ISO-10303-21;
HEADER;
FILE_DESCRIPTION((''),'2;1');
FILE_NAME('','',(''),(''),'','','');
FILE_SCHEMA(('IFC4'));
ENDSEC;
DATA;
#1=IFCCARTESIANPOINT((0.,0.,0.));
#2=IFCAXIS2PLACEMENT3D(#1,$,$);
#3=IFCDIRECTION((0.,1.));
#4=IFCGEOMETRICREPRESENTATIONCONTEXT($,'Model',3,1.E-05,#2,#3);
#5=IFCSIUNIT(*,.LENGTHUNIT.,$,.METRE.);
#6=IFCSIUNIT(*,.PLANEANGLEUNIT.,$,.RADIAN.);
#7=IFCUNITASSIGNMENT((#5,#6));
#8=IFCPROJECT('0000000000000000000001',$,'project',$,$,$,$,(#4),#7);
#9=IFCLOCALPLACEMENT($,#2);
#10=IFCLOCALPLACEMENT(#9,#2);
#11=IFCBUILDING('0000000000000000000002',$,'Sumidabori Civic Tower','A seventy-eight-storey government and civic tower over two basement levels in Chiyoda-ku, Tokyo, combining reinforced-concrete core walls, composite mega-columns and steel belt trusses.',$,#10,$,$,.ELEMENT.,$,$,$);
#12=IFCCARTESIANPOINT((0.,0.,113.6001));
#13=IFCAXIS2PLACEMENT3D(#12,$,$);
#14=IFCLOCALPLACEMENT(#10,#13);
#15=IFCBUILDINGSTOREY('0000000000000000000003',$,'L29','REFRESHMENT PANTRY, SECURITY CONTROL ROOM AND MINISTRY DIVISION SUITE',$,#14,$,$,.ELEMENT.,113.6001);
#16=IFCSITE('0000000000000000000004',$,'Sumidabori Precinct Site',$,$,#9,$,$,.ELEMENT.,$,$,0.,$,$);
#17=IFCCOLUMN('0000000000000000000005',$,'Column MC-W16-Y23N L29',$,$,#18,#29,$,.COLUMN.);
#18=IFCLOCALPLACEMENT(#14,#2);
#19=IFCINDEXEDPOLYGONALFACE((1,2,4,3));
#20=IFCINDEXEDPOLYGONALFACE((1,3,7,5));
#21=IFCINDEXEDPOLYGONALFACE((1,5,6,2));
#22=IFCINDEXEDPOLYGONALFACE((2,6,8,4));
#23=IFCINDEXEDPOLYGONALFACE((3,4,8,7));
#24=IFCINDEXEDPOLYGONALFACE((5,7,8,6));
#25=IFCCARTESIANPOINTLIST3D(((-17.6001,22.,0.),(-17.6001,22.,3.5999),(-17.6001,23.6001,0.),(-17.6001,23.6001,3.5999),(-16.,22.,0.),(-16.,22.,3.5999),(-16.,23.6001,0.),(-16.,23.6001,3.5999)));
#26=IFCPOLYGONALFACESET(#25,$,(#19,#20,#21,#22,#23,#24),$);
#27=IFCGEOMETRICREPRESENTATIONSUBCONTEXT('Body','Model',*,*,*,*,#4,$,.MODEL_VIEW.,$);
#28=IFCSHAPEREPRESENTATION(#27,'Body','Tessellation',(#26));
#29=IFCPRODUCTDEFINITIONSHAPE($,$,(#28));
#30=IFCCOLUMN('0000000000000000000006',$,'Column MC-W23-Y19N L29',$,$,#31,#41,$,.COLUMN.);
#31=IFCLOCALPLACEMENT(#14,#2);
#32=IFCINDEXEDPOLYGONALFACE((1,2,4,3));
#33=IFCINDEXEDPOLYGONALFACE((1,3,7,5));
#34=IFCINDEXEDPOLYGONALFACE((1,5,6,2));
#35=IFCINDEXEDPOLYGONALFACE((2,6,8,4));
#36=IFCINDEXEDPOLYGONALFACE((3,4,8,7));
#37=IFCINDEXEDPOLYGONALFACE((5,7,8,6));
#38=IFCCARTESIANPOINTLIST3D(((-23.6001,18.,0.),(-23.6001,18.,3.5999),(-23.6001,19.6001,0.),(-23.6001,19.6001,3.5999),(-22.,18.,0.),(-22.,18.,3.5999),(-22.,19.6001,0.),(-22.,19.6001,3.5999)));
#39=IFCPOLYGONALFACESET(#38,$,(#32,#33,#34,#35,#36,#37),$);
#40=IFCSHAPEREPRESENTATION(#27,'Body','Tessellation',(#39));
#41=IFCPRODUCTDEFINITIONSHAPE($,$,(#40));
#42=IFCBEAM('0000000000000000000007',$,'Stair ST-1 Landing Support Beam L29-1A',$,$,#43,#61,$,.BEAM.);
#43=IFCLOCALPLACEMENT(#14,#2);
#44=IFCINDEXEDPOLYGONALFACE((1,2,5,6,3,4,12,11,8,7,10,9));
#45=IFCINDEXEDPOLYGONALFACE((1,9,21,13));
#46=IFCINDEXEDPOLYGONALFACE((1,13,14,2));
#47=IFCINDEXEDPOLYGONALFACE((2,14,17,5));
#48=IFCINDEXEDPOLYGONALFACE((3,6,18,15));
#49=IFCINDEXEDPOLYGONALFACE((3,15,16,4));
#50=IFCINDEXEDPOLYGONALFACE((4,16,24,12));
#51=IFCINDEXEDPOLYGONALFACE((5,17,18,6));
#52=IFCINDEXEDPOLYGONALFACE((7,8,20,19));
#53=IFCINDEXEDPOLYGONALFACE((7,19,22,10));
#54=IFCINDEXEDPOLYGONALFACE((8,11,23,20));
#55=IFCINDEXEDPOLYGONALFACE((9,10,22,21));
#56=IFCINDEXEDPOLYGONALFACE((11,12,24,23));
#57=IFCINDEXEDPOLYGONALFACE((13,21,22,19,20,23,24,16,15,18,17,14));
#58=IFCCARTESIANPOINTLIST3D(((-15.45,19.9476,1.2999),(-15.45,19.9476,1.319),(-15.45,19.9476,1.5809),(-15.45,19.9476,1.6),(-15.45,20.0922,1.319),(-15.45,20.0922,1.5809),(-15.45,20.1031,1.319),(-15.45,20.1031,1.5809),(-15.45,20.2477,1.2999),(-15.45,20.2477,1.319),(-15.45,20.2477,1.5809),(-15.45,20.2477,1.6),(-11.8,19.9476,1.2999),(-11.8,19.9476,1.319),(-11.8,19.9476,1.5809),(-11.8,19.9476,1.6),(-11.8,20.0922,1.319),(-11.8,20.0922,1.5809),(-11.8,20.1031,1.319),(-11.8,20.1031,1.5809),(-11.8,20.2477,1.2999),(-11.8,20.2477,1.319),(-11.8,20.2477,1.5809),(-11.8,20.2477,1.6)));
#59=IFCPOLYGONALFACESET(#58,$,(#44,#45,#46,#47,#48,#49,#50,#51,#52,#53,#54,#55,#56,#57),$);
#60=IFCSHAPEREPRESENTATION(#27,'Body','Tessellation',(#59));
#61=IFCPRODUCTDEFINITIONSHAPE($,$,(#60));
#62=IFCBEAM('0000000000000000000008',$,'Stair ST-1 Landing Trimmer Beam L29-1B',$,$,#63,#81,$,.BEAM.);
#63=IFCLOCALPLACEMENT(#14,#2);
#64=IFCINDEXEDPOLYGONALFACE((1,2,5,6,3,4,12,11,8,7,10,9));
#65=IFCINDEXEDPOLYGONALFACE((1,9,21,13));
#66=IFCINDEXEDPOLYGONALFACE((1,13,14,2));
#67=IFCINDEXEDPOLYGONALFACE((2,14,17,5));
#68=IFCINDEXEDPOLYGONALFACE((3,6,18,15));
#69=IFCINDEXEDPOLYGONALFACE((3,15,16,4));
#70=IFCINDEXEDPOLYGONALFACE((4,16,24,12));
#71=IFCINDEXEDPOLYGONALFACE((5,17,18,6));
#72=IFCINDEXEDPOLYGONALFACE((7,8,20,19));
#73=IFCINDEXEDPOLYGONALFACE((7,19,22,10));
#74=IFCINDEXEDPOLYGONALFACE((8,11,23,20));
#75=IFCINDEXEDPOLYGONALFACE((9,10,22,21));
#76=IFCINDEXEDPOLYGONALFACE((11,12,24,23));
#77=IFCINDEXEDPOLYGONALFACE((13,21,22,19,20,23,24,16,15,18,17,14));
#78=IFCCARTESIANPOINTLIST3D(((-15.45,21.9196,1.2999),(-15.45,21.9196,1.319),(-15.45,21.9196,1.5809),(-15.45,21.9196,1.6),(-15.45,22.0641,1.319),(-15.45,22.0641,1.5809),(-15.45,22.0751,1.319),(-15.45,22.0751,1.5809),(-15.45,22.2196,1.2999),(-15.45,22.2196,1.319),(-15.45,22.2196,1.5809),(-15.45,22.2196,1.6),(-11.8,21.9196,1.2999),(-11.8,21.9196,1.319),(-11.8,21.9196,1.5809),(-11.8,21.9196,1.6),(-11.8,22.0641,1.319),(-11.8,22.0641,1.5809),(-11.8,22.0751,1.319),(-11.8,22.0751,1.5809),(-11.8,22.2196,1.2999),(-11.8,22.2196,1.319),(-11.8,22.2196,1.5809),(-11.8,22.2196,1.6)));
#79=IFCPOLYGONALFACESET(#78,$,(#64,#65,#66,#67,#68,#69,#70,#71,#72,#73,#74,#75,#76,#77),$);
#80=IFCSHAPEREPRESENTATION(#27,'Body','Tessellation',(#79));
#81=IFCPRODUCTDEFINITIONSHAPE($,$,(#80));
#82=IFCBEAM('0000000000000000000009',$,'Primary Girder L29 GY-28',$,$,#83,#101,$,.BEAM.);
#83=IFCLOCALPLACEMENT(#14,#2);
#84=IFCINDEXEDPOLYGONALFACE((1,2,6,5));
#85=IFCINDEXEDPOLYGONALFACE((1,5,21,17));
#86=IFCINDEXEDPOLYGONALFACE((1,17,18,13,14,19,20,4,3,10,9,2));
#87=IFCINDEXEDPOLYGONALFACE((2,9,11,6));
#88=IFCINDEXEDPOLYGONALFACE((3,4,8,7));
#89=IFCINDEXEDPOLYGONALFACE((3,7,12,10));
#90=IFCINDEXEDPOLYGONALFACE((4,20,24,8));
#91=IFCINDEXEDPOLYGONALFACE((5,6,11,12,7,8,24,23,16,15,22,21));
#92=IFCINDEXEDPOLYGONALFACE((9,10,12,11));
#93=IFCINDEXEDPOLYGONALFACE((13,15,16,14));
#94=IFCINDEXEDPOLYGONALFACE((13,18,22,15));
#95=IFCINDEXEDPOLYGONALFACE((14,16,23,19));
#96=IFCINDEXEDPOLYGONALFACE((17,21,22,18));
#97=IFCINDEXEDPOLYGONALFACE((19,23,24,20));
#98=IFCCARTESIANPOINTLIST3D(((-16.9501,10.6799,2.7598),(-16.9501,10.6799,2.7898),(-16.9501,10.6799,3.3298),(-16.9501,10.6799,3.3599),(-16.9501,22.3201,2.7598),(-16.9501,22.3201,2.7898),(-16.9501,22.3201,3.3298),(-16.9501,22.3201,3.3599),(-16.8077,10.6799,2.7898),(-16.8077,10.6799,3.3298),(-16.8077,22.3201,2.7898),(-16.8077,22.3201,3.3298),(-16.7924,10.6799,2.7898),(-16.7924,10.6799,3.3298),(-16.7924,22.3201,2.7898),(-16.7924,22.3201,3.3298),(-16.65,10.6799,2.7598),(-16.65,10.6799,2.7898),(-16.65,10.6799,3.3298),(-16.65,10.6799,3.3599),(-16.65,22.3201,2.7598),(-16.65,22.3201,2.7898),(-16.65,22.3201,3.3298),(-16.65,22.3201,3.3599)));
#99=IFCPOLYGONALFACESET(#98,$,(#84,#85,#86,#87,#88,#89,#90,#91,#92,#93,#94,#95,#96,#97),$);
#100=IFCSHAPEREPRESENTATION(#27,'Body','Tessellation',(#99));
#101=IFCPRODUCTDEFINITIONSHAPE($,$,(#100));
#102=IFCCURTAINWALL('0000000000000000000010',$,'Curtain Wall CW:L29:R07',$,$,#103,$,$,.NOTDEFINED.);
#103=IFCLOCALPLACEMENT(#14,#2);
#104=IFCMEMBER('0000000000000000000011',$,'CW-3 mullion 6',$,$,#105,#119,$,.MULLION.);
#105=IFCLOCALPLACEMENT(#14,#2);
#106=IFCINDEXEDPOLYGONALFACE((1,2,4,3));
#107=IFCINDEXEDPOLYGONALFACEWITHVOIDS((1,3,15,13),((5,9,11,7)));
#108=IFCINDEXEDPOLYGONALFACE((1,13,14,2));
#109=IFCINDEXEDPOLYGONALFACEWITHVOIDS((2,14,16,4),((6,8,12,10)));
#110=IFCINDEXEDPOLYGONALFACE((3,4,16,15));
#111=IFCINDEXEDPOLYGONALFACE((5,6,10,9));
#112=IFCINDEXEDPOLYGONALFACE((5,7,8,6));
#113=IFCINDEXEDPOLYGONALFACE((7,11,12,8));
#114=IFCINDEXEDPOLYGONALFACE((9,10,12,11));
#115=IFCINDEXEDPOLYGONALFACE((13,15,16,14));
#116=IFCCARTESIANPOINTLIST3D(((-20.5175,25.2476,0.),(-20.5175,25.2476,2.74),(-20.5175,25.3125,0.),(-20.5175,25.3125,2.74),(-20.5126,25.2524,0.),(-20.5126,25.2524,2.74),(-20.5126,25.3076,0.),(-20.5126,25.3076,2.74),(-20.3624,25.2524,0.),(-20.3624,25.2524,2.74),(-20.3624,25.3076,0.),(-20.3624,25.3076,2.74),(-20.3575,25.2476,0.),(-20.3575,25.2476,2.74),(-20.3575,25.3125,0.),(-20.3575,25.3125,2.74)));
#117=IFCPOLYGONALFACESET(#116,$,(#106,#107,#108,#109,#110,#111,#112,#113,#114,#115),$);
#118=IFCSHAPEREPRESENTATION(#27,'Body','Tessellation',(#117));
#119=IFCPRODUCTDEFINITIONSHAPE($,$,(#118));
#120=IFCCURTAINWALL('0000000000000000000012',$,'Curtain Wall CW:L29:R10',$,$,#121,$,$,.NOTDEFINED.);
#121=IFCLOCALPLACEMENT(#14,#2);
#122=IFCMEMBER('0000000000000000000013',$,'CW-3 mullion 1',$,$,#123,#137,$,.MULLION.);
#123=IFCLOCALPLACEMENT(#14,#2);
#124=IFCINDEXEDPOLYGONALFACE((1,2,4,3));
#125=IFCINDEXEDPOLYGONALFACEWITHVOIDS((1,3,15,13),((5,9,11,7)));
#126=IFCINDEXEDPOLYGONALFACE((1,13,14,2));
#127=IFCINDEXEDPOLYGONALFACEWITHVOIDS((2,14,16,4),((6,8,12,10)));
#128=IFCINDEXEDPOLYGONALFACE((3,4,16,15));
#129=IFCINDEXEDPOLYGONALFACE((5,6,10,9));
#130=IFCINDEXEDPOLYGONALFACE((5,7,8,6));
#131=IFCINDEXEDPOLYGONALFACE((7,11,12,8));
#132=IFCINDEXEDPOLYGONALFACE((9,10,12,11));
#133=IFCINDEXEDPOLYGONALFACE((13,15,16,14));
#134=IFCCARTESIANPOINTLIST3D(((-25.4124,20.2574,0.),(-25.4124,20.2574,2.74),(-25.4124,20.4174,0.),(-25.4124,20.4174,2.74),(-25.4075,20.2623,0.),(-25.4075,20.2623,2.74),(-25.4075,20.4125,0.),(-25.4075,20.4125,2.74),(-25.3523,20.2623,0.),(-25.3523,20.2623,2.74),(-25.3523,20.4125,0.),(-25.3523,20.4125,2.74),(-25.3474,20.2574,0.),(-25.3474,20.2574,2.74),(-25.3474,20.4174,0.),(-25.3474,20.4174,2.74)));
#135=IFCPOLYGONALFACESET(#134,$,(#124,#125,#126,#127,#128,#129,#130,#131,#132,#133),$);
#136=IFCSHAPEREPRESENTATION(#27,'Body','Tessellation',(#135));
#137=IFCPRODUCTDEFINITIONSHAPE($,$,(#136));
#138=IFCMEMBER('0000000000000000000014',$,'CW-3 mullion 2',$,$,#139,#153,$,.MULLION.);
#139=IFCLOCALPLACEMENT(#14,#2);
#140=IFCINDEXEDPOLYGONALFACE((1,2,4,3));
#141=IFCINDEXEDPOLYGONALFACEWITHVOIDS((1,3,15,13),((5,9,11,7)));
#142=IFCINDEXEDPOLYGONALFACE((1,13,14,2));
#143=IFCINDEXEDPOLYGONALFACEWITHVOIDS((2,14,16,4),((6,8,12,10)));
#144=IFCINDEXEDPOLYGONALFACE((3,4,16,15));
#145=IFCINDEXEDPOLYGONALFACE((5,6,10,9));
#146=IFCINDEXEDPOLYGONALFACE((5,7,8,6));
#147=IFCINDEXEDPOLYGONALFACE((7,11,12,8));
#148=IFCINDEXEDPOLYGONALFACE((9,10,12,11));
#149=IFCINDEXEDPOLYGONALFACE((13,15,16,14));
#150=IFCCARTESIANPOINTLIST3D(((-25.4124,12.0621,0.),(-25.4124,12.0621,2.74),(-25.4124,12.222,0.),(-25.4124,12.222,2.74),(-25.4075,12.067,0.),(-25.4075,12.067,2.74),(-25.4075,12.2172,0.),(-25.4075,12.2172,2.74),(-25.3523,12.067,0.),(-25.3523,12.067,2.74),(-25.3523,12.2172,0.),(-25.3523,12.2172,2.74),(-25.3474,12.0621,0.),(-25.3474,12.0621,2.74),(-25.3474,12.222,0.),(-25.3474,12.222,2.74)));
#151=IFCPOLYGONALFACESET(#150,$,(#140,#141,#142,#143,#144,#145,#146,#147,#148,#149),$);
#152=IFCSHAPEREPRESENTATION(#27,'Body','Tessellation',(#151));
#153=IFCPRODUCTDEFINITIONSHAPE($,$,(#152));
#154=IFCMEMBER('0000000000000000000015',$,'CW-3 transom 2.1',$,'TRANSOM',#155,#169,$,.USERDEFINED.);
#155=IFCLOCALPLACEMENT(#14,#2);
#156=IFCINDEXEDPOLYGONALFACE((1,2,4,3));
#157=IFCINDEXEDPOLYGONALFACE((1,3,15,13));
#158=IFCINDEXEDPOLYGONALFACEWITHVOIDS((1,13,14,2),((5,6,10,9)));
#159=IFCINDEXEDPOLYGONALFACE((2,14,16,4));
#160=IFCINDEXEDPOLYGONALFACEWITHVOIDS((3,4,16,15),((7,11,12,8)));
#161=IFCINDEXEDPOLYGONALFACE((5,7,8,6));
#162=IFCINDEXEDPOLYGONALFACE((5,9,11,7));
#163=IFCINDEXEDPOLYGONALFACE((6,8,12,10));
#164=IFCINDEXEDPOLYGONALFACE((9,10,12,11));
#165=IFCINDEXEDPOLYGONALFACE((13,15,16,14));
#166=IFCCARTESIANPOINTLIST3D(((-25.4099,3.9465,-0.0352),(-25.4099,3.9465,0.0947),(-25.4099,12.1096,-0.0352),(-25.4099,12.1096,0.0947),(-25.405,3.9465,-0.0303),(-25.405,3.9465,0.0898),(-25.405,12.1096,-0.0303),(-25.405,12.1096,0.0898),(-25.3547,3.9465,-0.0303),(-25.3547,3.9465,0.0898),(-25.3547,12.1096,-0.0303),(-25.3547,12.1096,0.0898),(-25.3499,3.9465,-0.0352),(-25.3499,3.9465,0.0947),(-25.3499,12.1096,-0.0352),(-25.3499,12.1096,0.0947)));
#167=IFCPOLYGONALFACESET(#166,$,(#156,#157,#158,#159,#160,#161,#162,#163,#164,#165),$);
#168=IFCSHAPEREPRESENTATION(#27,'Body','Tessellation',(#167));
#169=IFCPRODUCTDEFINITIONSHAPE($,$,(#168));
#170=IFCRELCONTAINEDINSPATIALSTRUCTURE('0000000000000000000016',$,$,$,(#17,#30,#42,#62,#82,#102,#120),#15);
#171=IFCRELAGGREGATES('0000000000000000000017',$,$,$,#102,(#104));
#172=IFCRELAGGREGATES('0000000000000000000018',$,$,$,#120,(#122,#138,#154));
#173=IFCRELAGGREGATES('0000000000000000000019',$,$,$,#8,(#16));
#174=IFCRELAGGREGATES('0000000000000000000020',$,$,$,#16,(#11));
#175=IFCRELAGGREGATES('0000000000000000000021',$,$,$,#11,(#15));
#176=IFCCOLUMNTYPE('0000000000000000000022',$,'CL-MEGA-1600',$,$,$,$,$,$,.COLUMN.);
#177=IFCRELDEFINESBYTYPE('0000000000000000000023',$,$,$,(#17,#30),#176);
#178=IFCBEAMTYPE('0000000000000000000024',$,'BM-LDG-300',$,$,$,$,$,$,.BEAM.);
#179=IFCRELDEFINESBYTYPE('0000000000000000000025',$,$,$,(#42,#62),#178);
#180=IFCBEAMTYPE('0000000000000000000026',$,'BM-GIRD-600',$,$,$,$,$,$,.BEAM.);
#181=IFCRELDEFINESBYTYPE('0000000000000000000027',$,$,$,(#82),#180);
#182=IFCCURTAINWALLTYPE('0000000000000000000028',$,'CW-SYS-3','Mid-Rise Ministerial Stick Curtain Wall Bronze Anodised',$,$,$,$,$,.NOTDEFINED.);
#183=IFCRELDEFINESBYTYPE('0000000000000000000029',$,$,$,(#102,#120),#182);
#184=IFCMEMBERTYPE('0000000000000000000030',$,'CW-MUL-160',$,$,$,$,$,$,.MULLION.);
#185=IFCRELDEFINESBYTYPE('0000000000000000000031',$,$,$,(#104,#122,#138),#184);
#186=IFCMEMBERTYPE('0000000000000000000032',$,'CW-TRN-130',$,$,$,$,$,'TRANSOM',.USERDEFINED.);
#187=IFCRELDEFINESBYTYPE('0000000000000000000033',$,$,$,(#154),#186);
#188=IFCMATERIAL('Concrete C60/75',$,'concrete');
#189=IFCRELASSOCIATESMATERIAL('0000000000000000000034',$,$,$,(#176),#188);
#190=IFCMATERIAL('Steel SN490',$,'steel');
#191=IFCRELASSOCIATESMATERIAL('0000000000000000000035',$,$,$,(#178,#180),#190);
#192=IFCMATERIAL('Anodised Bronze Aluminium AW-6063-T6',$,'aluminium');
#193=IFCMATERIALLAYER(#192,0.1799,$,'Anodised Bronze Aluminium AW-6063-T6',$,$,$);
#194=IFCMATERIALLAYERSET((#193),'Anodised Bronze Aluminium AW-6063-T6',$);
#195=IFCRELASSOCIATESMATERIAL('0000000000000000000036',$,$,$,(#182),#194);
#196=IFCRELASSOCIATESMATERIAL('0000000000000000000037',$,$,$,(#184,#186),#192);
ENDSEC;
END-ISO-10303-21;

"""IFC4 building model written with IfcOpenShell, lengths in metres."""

from ifc_helpers import new_model, si_unit, direction, frame, origin, origin_2d, place, context, subcontext, project, spatial, rectangle, hollow_rectangle, i_section, extrude, source, transform, mapped, material, layer, layer_set, material_profile, profile_set, type_object, element, aggregate, save


model = new_model("IFC4")

# Units and contexts
model_context = context("Model", 3, precision=1e-05, world=origin(), true_north=direction((0.0, 1.0)))
body_context = subcontext(model_context, "Body", "Model", "MODEL_VIEW")
ifc_project = project(units=[si_unit("LENGTHUNIT", "METRE"), si_unit("PLANEANGLEUNIT", "RADIAN")], contexts=[model_context])

# Site, building, storey
site_placement = place(None, origin())
site = spatial("IfcSite", under=ifc_project, at=site_placement, Name="Sumidabori Precinct Site", CompositionType="ELEMENT", RefElevation=0.0)
building_placement = place(site_placement, origin())
building = spatial("IfcBuilding", under=site, at=building_placement, Name="Sumidabori Civic Tower", Description="A seventy-eight-storey government and civic tower over two basement levels in Chiyoda-ku, Tokyo, combining reinforced-concrete core walls, composite mega-columns and steel belt trusses.", CompositionType="ELEMENT")
storey_placement = place(building_placement, frame((0.0, 0.0, 113.6001)))
storey = spatial("IfcBuildingStorey", under=building, at=storey_placement, Name="L29", Description="REFRESHMENT PANTRY, SECURITY CONTROL ROOM AND MINISTRY DIVISION SUITE", CompositionType="ELEMENT", Elevation=113.6001)

# Columns
ifc_material_1 = material(Name="Concrete C60/75", Category="concrete")
ifc_material_profile_1 = material_profile(ifc_material_1, rectangle(XDim=1.6001, YDim=1.6001, at=origin_2d()), Name="RC 1600x1600")
ifc_profile_set_1 = profile_set([ifc_material_profile_1], Name="Concrete C60/75")
column_type = type_object("IfcColumnType", Name="CL-MEGA-1600", PredefinedType="COLUMN", material=ifc_profile_set_1)
shared_shape_1 = source(origin(), body_context, "Body", "SweptSolid", [
    extrude(rectangle(XDim=1.6001, YDim=1.6001, at=origin_2d()), origin(), (0.0, 0.0, 1.0), 3.5999),
])
for number, where, z_axis, x_axis, name in (
    (1, (-16.8, 22.8, 0.0), (0.0, 0.0, 1.0), (1.0, 0.0, 0.0), "Column MC-W16-Y23N L29"),
    (2, (-22.8, 18.8, 0.0), (0.0, 0.0, 1.0), (1.0, 0.0, 0.0), "Column MC-W23-Y19N L29"),
):
    element("IfcColumn", number, at=place(storey_placement, frame(where, z_axis=z_axis, x_axis=x_axis)), inside=storey, type_object=column_type, Name=name, PredefinedType="COLUMN", context=body_context, shape_type="MappedRepresentation", body=[
        mapped(shared_shape_1, transform((0.0, 0.0, 0.0), x_axis=(1.0, 0.0, 0.0), y_axis=(0.0, 1.0, 0.0), z_axis=(0.0, 0.0, 1.0), scale=1.0)),
    ])

# Beams
ifc_material_2 = material(Name="Steel SN490", Category="steel")
ifc_material_profile_2 = material_profile(ifc_material_2, i_section(OverallWidth=0.3, OverallDepth=0.3, WebThickness=0.011, FlangeThickness=0.019, at=origin_2d()), Name="HE 300 B")
ifc_profile_set_2 = profile_set([ifc_material_profile_2], Name="Steel SN490")
beam_type_1 = type_object("IfcBeamType", Name="BM-LDG-300", PredefinedType="BEAM", material=ifc_profile_set_2)
shared_shape_2 = source(origin(), body_context, "Body", "SweptSolid", [
    extrude(i_section(OverallWidth=0.3, OverallDepth=0.3, WebThickness=0.011, FlangeThickness=0.019, at=origin_2d()), origin(), (0.0, 0.0, 1.0), 3.6499),
])
for number, where, z_axis, x_axis, name in (
    (3, (-15.45, 20.0977, 1.45), (1.0, 0.0, 0.0), (0.0, 1.0, 0.0), "Stair ST-1 Landing Support Beam L29-1A"),
    (4, (-15.45, 22.0696, 1.45), (1.0, 0.0, 0.0), (0.0, 1.0, 0.0), "Stair ST-1 Landing Trimmer Beam L29-1B"),
):
    element("IfcBeam", number, at=place(storey_placement, frame(where, z_axis=z_axis, x_axis=x_axis)), inside=storey, type_object=beam_type_1, Name=name, PredefinedType="BEAM", context=body_context, shape_type="MappedRepresentation", body=[
        mapped(shared_shape_2, transform((0.0, 0.0, 0.0), x_axis=(1.0, 0.0, 0.0), y_axis=(0.0, 1.0, 0.0), z_axis=(0.0, 0.0, 1.0), scale=1.0)),
    ])
ifc_material_profile_3 = material_profile(ifc_material_2, i_section(OverallWidth=0.3, OverallDepth=0.6001, WebThickness=0.0154, FlangeThickness=0.03, at=origin_2d()), Name="HE 600 B")
ifc_profile_set_3 = profile_set([ifc_material_profile_3], Name="Steel SN490")
beam_type_2 = type_object("IfcBeamType", Name="BM-GIRD-600", PredefinedType="BEAM", material=ifc_profile_set_3)
shared_shape_3 = source(origin(), body_context, "Body", "SweptSolid", [
    extrude(i_section(OverallWidth=0.3, OverallDepth=0.6001, WebThickness=0.0154, FlangeThickness=0.03, at=origin_2d()), origin(), (0.0, 0.0, 1.0), 11.6401),
])
beam_placement = place(storey_placement, frame((-16.8, 10.6799, 3.0598), z_axis=(0.0, 1.0, 0.0), x_axis=(-1.0, 0.0, 0.0)))
element("IfcBeam", 5, at=beam_placement, inside=storey, type_object=beam_type_2, Name="Primary Girder L29 GY-28", PredefinedType="BEAM", context=body_context, shape_type="MappedRepresentation", body=[
    mapped(shared_shape_3, transform((0.0, 0.0, 0.0), x_axis=(1.0, 0.0, 0.0), y_axis=(0.0, 1.0, 0.0), z_axis=(0.0, 0.0, 1.0), scale=1.0)),
])

# Curtain wall, member
ifc_material_3 = material(Name="Anodised Bronze Aluminium AW-6063-T6", Category="aluminium")
ifc_layer_1 = layer(ifc_material_3, 0.1799, Name="Anodised Bronze Aluminium AW-6063-T6")
ifc_layer_set_1 = layer_set([ifc_layer_1], Name="Anodised Bronze Aluminium AW-6063-T6")
curtain_wall_type = type_object("IfcCurtainWallType", Name="CW-SYS-3", Description="Mid-Rise Ministerial Stick Curtain Wall Bronze Anodised", PredefinedType="NOTDEFINED", material=ifc_layer_set_1)
curtain_wall_1_placement = place(storey_placement, origin())
curtain_wall_1 = element("IfcCurtainWall", 6, at=curtain_wall_1_placement, inside=storey, type_object=curtain_wall_type, Name="Curtain Wall CW:L29:R07", PredefinedType="NOTDEFINED")
ifc_material_profile_4 = material_profile(ifc_material_3, hollow_rectangle(XDim=0.0649, YDim=0.1599, WallThickness=0.0049, at=origin_2d()), Name="ALU MULLION 160x65")
ifc_profile_set_4 = profile_set([ifc_material_profile_4], Name="Anodised Bronze Aluminium AW-6063-T6")
member_type_1 = type_object("IfcMemberType", Name="CW-MUL-160", PredefinedType="MULLION", material=ifc_profile_set_4)
shared_shape_4 = source(origin(), body_context, "Body", "SweptSolid", [
    extrude(hollow_rectangle(XDim=0.0649, YDim=0.1599, WallThickness=0.0049, at=origin_2d()), origin(), (0.0, 0.0, 1.0), 2.74),
])
member_1_placement = place(storey_placement, frame((-20.4375, 25.28, 0.0), z_axis=(0.0, 0.0, 1.0), x_axis=(0.0, -1.0, 0.0)))
member_1 = element("IfcMember", 7, at=member_1_placement, type_object=member_type_1, Name="CW-3 mullion 6", PredefinedType="MULLION", context=body_context, shape_type="MappedRepresentation", body=[
    mapped(shared_shape_4, transform((0.0, 0.0, 0.0), x_axis=(1.0, 0.0, 0.0), y_axis=(0.0, 1.0, 0.0), z_axis=(0.0, 0.0, 1.0), scale=1.0)),
])

# Curtain wall, members
curtain_wall_2_placement = place(storey_placement, origin())
curtain_wall_2 = element("IfcCurtainWall", 8, at=curtain_wall_2_placement, inside=storey, type_object=curtain_wall_type, Name="Curtain Wall CW:L29:R10", PredefinedType="NOTDEFINED")
member_2_placement = place(storey_placement, frame((-25.3799, 20.3374, 0.0), z_axis=(0.0, 0.0, 1.0), x_axis=(1.0, 0.0, 0.0)))
member_2 = element("IfcMember", 9, at=member_2_placement, type_object=member_type_1, Name="CW-3 mullion 1", PredefinedType="MULLION", context=body_context, shape_type="MappedRepresentation", body=[
    mapped(shared_shape_4, transform((0.0, 0.0, 0.0), x_axis=(1.0, 0.0, 0.0), y_axis=(0.0, 1.0, 0.0), z_axis=(0.0, 0.0, 1.0), scale=1.0)),
])
member_3_placement = place(storey_placement, frame((-25.3799, 12.1421, 0.0), z_axis=(0.0, 0.0, 1.0), x_axis=(1.0, 0.0, 0.0)))
member_3 = element("IfcMember", 10, at=member_3_placement, type_object=member_type_1, Name="CW-3 mullion 2", PredefinedType="MULLION", context=body_context, shape_type="MappedRepresentation", body=[
    mapped(shared_shape_4, transform((0.0, 0.0, 0.0), x_axis=(1.0, 0.0, 0.0), y_axis=(0.0, 1.0, 0.0), z_axis=(0.0, 0.0, 1.0), scale=1.0)),
])
ifc_material_profile_5 = material_profile(ifc_material_3, hollow_rectangle(XDim=0.0601, YDim=0.1299, WallThickness=0.0049, at=origin_2d()), Name="ALU TRANSOM 130x60")
ifc_profile_set_5 = profile_set([ifc_material_profile_5], Name="Anodised Bronze Aluminium AW-6063-T6")
member_type_2 = type_object("IfcMemberType", Name="CW-TRN-130", ElementType="TRANSOM", PredefinedType="USERDEFINED", material=ifc_profile_set_5)
shared_shape_5 = source(origin(), body_context, "Body", "SweptSolid", [
    extrude(hollow_rectangle(XDim=0.0601, YDim=0.1299, WallThickness=0.0049, at=origin_2d()), origin(), (0.0, 0.0, 1.0), 8.1631),
])
member_4_placement = place(storey_placement, frame((-25.3799, 12.1096, 0.0298), z_axis=(0.0, -1.0, 0.0), x_axis=(1.0, 0.0, 0.0)))
member_4 = element("IfcMember", 11, at=member_4_placement, type_object=member_type_2, Name="CW-3 transom 2.1", ObjectType="TRANSOM", PredefinedType="USERDEFINED", context=body_context, shape_type="MappedRepresentation", body=[
    mapped(shared_shape_5, transform((0.0, 0.0, 0.0), x_axis=(1.0, 0.0, 0.0), y_axis=(0.0, 1.0, 0.0), z_axis=(0.0, 0.0, 1.0), scale=1.0)),
])

aggregate(curtain_wall_1, [member_1])
aggregate(curtain_wall_2, [member_2, member_3, member_4])

save(model, "model.ifc")
